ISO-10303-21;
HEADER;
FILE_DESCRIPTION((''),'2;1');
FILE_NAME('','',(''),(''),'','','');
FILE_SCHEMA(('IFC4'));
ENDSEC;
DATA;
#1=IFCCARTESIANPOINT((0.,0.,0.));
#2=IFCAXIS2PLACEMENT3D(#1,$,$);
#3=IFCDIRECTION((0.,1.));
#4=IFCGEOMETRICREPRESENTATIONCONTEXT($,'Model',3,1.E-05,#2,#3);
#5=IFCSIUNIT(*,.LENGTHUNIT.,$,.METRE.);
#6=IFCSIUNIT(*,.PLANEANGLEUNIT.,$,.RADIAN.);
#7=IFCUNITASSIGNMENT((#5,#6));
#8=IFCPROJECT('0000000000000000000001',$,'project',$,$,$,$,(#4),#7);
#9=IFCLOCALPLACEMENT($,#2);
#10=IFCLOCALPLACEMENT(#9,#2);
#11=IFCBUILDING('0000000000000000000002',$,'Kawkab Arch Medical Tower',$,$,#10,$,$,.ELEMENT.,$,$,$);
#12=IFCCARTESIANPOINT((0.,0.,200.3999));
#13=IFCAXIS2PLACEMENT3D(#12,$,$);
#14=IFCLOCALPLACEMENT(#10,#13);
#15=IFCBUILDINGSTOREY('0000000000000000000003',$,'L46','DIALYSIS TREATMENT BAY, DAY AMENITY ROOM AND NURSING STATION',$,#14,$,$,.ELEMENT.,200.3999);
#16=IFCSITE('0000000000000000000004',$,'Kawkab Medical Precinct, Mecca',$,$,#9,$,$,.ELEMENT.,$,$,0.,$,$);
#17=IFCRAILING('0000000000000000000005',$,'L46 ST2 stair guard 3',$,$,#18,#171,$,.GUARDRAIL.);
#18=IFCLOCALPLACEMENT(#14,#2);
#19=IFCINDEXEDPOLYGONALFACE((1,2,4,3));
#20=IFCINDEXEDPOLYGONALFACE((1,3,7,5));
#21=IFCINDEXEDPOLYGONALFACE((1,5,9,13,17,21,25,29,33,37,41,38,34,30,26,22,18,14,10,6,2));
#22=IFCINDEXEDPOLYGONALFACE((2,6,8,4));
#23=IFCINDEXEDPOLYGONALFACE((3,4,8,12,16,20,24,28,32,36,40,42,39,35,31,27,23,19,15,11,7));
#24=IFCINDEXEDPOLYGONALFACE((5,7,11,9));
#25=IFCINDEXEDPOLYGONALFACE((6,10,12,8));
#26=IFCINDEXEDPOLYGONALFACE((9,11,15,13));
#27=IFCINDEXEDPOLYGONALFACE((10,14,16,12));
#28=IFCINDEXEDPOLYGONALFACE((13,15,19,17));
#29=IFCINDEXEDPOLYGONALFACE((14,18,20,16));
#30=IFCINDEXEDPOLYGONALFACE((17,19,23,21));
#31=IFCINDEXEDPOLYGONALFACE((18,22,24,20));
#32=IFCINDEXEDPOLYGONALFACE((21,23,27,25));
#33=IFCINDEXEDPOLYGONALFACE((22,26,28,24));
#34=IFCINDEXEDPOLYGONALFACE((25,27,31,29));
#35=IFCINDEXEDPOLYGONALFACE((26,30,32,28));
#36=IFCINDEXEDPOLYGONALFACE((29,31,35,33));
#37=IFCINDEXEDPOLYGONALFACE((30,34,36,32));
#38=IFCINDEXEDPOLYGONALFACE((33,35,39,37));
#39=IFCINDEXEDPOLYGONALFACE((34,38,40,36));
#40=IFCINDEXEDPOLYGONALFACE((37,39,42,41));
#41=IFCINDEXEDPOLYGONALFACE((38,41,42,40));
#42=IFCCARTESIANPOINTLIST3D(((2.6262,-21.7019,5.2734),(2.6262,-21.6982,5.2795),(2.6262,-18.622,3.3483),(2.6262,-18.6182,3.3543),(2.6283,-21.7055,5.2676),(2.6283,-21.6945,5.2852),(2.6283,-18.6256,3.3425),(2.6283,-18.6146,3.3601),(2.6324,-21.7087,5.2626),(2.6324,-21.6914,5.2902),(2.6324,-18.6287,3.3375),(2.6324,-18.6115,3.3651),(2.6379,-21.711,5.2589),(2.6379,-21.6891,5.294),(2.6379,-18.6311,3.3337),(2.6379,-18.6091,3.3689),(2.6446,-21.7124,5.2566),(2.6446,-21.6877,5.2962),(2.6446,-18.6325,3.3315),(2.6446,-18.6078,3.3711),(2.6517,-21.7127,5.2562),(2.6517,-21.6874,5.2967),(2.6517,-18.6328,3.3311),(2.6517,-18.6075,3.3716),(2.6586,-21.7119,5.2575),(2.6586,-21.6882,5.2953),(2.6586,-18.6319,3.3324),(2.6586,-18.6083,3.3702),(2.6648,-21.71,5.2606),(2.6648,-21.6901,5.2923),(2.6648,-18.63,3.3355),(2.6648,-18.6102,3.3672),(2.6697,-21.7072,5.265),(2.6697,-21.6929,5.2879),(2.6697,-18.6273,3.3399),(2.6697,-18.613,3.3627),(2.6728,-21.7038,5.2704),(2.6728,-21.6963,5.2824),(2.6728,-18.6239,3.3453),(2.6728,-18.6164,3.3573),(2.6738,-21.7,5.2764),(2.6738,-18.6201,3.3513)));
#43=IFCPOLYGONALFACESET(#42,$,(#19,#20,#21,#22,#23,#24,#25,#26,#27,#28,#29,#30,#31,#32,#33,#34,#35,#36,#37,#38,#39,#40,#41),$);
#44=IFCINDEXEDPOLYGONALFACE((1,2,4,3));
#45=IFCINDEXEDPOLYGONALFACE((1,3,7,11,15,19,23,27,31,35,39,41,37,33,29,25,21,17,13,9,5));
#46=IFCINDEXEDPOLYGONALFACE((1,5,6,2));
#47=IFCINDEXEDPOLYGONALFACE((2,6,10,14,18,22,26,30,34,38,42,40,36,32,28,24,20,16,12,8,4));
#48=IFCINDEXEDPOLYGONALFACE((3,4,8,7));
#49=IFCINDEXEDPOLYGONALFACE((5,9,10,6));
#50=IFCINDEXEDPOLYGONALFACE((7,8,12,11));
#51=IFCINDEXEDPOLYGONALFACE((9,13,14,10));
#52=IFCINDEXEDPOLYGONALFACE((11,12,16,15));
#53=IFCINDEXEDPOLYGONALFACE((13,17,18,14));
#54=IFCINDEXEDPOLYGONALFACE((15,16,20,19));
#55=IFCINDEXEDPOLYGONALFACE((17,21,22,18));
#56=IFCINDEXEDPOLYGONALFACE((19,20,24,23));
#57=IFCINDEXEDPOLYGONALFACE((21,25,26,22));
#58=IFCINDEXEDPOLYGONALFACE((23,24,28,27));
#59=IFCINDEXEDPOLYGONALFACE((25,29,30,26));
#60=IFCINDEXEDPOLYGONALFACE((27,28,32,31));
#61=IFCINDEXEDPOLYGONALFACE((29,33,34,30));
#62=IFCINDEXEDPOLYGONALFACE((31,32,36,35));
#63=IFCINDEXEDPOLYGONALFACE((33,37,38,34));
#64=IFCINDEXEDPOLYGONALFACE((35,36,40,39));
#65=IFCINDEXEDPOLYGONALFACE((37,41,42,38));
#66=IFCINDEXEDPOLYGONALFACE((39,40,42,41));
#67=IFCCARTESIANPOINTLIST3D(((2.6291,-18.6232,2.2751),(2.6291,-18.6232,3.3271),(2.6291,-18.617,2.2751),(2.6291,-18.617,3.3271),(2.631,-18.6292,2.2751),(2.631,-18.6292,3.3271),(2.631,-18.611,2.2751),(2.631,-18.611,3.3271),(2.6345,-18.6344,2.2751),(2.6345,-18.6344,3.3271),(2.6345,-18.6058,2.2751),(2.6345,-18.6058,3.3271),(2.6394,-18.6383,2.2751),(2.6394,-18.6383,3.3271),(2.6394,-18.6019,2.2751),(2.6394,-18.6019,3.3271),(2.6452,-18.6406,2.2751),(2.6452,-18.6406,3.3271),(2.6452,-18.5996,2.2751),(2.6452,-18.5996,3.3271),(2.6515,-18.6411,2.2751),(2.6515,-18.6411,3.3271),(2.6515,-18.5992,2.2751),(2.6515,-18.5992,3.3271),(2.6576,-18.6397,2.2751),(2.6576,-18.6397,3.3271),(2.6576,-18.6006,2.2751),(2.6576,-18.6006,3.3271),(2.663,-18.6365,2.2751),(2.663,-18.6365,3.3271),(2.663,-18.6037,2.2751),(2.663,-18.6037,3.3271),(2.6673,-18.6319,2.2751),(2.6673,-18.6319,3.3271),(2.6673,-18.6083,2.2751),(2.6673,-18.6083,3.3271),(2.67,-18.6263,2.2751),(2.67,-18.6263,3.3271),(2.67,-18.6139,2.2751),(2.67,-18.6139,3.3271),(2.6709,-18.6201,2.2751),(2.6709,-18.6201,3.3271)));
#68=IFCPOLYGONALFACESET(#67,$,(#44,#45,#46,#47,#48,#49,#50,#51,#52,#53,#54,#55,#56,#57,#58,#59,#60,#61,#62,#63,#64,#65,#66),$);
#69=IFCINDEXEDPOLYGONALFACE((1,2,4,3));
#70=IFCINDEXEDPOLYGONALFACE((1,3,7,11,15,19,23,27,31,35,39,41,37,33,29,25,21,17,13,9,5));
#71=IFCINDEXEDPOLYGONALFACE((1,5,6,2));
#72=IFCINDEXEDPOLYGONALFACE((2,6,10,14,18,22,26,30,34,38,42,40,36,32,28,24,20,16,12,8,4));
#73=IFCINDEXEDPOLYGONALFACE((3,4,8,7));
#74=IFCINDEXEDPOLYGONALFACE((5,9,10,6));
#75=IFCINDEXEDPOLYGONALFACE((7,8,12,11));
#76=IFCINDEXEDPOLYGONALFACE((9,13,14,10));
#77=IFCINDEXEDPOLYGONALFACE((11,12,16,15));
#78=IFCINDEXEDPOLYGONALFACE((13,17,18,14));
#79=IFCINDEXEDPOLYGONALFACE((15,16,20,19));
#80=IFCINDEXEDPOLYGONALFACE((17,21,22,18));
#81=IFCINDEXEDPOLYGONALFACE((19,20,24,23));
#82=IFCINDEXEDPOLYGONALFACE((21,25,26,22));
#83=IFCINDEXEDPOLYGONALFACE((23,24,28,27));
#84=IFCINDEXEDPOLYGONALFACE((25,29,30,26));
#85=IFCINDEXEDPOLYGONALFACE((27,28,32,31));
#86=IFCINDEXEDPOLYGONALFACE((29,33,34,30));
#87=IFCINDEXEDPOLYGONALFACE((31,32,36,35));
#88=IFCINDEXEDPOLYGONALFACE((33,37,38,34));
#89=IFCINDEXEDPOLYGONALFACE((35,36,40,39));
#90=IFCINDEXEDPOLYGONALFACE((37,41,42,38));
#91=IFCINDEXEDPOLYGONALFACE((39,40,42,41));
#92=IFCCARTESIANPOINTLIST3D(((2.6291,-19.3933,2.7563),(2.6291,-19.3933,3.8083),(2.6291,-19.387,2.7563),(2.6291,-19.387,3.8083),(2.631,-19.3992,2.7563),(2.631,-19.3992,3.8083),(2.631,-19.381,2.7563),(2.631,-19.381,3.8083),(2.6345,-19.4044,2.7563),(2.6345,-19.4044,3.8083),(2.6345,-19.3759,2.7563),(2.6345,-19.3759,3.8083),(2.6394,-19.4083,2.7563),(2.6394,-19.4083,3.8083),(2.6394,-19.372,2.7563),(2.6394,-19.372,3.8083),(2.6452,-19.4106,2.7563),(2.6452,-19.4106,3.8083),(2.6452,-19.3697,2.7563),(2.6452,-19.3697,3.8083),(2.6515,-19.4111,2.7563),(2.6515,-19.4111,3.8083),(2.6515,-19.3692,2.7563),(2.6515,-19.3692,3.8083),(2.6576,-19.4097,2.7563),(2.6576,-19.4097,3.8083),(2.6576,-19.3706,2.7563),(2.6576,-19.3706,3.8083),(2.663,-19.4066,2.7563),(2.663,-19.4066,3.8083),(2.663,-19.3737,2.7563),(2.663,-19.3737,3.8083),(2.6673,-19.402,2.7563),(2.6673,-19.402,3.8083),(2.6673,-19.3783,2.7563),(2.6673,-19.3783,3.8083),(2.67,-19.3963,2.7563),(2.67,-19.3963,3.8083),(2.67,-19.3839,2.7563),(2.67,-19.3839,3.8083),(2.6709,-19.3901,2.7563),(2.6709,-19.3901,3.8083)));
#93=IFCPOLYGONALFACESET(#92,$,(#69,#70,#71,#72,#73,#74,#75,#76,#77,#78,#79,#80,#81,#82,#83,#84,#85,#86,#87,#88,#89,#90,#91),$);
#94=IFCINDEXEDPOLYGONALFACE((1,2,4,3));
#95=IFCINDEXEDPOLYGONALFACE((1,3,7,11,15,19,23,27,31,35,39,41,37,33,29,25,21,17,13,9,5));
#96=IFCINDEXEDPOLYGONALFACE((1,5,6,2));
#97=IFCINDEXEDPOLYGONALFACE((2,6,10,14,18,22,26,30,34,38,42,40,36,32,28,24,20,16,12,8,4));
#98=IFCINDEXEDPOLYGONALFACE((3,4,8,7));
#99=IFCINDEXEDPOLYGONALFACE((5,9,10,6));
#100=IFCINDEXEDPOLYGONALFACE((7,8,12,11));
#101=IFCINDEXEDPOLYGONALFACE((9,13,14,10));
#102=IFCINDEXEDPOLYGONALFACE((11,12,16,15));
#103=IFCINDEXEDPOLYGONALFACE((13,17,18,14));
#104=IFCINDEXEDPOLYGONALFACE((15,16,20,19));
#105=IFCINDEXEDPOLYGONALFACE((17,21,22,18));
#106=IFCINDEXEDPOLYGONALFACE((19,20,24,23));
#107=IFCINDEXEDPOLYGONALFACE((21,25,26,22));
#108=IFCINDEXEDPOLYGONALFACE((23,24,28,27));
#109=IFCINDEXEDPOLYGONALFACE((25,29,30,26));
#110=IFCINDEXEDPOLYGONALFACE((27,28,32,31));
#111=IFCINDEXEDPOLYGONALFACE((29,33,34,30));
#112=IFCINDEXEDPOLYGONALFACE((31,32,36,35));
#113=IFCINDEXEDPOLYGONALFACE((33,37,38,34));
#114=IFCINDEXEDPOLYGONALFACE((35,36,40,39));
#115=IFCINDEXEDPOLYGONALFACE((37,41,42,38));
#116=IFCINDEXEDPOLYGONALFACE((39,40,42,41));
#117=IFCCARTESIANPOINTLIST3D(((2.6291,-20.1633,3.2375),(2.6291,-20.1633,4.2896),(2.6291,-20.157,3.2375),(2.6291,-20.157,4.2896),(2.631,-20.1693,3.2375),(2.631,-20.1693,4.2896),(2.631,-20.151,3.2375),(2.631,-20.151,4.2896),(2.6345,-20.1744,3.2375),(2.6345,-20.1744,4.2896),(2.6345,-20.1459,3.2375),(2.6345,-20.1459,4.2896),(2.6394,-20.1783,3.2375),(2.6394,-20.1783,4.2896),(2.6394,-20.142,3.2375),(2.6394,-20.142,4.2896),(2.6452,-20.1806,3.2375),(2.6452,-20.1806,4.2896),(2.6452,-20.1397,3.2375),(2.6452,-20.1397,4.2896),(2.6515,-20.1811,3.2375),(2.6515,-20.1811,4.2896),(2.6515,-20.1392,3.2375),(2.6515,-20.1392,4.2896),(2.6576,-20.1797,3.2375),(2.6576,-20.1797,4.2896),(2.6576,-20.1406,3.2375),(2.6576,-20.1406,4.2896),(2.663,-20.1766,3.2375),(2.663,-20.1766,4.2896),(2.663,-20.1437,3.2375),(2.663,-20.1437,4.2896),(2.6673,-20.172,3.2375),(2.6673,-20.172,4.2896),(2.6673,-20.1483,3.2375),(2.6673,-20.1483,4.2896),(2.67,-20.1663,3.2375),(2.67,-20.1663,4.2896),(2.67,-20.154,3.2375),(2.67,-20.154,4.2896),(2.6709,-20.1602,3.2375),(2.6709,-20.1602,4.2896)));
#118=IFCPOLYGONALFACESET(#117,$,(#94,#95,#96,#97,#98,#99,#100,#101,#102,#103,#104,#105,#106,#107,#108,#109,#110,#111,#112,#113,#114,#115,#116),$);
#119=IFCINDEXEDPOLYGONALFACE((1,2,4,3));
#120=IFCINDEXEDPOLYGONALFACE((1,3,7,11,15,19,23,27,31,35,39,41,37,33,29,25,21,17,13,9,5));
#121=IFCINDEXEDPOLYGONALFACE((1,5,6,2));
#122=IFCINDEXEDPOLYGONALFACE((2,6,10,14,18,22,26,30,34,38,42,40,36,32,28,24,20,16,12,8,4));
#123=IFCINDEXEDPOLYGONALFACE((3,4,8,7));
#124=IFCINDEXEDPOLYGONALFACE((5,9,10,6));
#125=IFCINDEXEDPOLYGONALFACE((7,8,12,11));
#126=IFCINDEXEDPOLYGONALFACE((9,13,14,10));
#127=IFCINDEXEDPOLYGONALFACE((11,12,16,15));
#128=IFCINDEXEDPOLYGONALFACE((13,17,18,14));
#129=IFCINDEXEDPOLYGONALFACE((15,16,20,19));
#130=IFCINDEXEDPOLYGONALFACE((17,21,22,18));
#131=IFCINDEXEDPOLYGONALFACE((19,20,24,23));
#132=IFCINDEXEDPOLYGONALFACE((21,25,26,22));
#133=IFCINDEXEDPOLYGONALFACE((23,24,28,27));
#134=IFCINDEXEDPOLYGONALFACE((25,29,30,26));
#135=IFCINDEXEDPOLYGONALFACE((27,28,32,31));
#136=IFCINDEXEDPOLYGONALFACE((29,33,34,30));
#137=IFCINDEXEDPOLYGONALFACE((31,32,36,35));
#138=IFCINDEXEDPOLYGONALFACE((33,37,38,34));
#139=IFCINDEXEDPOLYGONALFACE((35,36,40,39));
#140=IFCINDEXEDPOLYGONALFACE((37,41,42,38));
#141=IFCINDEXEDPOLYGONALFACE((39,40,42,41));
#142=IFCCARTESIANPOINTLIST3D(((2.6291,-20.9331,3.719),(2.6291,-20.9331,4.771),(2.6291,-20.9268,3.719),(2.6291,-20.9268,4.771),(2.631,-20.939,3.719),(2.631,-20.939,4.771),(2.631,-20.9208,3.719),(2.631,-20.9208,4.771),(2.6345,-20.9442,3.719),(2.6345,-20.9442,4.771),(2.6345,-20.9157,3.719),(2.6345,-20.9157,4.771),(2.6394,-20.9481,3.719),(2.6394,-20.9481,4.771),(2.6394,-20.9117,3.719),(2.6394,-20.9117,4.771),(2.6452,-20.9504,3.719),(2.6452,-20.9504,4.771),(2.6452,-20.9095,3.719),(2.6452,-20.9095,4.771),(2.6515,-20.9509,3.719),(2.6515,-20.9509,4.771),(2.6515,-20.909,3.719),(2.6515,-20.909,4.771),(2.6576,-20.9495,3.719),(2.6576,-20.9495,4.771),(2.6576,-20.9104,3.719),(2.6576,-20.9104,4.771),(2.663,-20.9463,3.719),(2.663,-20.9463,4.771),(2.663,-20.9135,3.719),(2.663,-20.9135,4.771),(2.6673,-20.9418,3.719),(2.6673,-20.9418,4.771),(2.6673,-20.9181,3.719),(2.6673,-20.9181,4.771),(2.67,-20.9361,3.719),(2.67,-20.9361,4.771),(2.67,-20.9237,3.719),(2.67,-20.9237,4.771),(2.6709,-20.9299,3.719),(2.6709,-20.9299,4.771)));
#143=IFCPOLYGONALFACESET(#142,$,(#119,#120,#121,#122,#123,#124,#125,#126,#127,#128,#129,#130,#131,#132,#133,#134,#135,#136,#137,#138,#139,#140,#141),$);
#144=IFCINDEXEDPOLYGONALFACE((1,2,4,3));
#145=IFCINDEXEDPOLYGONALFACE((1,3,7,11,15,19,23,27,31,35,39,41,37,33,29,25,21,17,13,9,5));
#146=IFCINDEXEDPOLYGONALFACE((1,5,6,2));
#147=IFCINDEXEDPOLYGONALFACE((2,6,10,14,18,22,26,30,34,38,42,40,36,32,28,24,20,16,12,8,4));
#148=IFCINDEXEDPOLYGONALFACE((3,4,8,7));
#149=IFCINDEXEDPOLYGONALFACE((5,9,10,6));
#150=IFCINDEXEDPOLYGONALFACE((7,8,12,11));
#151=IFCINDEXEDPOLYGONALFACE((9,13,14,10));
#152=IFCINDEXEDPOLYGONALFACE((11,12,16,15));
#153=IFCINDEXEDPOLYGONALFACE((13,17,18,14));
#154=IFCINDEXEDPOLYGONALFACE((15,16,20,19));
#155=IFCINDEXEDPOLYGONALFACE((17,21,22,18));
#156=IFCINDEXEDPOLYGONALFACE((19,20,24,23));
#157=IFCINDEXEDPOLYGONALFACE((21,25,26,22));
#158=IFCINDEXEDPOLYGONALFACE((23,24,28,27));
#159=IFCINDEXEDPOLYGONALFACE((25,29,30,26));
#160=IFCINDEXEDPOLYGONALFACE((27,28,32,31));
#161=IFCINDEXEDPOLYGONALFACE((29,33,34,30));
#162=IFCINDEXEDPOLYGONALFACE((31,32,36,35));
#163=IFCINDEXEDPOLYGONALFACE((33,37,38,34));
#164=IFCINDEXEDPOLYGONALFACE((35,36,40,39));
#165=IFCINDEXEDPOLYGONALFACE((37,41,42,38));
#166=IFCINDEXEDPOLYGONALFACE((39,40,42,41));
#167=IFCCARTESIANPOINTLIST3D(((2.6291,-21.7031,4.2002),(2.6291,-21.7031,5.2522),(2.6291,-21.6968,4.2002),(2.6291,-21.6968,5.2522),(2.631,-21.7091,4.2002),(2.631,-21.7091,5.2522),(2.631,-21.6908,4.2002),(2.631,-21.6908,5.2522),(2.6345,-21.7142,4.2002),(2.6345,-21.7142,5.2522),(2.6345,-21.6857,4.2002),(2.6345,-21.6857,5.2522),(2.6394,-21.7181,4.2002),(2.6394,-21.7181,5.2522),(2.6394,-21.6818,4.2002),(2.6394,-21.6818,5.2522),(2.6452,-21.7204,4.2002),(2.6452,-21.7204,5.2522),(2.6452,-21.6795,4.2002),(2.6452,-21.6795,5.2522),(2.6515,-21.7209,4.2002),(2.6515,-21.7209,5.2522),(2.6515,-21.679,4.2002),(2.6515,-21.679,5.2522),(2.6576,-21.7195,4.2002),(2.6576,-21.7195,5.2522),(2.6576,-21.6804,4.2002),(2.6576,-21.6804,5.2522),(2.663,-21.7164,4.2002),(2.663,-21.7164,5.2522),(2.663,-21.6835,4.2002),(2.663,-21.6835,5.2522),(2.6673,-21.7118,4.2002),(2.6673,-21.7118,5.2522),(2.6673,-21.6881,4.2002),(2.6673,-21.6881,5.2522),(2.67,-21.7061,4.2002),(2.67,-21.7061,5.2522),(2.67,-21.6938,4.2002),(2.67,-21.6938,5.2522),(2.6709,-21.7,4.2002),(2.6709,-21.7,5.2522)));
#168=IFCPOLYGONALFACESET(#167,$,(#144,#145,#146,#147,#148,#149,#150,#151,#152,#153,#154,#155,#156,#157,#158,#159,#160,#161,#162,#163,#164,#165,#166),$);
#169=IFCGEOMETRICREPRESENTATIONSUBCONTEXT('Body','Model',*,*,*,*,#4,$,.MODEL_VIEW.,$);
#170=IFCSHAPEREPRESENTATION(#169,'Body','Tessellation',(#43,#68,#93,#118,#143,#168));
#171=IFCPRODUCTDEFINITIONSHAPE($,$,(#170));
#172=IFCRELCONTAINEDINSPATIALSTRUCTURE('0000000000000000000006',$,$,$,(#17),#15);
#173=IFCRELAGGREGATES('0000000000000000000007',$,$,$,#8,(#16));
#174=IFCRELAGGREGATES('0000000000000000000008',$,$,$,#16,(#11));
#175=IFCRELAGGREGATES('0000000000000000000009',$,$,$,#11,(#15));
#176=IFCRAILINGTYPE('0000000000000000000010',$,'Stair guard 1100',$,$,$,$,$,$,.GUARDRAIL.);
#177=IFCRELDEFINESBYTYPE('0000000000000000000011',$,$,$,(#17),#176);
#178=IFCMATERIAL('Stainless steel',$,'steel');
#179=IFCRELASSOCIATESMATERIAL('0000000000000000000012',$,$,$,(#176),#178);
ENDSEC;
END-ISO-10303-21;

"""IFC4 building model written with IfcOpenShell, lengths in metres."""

from ifc_helpers import new_model, si_unit, direction, frame, origin, origin_2d, place, context, subcontext, project, spatial, circle, extrude, material, type_object, element, save


model = new_model("IFC4")

# Units and contexts
model_context = context("Model", 3, precision=1e-05, world=origin(), true_north=direction((0.0, 1.0)))
body_context = subcontext(model_context, "Body", "Model", "MODEL_VIEW")
ifc_project = project(units=[si_unit("LENGTHUNIT", "METRE"), si_unit("PLANEANGLEUNIT", "RADIAN")], contexts=[model_context])

# Site, building, storey
site_placement = place(None, origin())
site = spatial("IfcSite", under=ifc_project, at=site_placement, Name="Kawkab Medical Precinct, Mecca", CompositionType="ELEMENT", RefElevation=0.0)
building_placement = place(site_placement, origin())
building = spatial("IfcBuilding", under=site, at=building_placement, Name="Kawkab Arch Medical Tower", CompositionType="ELEMENT")
storey_placement = place(building_placement, frame((0.0, 0.0, 200.3999)))
storey = spatial("IfcBuildingStorey", under=building, at=storey_placement, Name="L46", Description="DIALYSIS TREATMENT BAY, DAY AMENITY ROOM AND NURSING STATION", CompositionType="ELEMENT", Elevation=200.3999)

# Railing
ifc_material_1 = material(Name="Stainless steel", Category="steel")
railing_type_1 = type_object("IfcRailingType", Name="Stair guard 1100", PredefinedType="GUARDRAIL", material=ifc_material_1)
railing_1_placement = place(storey_placement, frame((2.6499, -18.6201, 2.2751)))
element("IfcRailing", 1, at=railing_1_placement, inside=storey, type_object=railing_type_1, Name="L46 ST2 stair guard 3", PredefinedType="GUARDRAIL", context=body_context, shape_type="SweptSolid", body=[
    extrude(circle(Radius=0.0239, at=origin_2d()), frame((0.0, 0.0, 1.0762), z_axis=(0.0, -0.847979, 0.530029), x_axis=(1.0, 0.0, 0.0)), (0.0, 0.0, 1.0), 3.6321),
    extrude(circle(Radius=0.021, at=origin_2d()), origin(), (0.0, 0.0, 1.0), 1.052),
    extrude(circle(Radius=0.021, at=origin_2d()), frame((0.0, -0.77, 0.4812)), (0.0, 0.0, 1.0), 1.052),
    extrude(circle(Radius=0.021, at=origin_2d()), frame((0.0, -1.54, 0.9624)), (0.0, 0.0, 1.0), 1.052),
    extrude(circle(Radius=0.021, at=origin_2d()), frame((0.0, -2.3098, 1.4438)), (0.0, 0.0, 1.0), 1.052),
    extrude(circle(Radius=0.021, at=origin_2d()), frame((0.0, -3.0798, 1.925)), (0.0, 0.0, 1.0), 1.052),
])

save(model, "model.ifc")
